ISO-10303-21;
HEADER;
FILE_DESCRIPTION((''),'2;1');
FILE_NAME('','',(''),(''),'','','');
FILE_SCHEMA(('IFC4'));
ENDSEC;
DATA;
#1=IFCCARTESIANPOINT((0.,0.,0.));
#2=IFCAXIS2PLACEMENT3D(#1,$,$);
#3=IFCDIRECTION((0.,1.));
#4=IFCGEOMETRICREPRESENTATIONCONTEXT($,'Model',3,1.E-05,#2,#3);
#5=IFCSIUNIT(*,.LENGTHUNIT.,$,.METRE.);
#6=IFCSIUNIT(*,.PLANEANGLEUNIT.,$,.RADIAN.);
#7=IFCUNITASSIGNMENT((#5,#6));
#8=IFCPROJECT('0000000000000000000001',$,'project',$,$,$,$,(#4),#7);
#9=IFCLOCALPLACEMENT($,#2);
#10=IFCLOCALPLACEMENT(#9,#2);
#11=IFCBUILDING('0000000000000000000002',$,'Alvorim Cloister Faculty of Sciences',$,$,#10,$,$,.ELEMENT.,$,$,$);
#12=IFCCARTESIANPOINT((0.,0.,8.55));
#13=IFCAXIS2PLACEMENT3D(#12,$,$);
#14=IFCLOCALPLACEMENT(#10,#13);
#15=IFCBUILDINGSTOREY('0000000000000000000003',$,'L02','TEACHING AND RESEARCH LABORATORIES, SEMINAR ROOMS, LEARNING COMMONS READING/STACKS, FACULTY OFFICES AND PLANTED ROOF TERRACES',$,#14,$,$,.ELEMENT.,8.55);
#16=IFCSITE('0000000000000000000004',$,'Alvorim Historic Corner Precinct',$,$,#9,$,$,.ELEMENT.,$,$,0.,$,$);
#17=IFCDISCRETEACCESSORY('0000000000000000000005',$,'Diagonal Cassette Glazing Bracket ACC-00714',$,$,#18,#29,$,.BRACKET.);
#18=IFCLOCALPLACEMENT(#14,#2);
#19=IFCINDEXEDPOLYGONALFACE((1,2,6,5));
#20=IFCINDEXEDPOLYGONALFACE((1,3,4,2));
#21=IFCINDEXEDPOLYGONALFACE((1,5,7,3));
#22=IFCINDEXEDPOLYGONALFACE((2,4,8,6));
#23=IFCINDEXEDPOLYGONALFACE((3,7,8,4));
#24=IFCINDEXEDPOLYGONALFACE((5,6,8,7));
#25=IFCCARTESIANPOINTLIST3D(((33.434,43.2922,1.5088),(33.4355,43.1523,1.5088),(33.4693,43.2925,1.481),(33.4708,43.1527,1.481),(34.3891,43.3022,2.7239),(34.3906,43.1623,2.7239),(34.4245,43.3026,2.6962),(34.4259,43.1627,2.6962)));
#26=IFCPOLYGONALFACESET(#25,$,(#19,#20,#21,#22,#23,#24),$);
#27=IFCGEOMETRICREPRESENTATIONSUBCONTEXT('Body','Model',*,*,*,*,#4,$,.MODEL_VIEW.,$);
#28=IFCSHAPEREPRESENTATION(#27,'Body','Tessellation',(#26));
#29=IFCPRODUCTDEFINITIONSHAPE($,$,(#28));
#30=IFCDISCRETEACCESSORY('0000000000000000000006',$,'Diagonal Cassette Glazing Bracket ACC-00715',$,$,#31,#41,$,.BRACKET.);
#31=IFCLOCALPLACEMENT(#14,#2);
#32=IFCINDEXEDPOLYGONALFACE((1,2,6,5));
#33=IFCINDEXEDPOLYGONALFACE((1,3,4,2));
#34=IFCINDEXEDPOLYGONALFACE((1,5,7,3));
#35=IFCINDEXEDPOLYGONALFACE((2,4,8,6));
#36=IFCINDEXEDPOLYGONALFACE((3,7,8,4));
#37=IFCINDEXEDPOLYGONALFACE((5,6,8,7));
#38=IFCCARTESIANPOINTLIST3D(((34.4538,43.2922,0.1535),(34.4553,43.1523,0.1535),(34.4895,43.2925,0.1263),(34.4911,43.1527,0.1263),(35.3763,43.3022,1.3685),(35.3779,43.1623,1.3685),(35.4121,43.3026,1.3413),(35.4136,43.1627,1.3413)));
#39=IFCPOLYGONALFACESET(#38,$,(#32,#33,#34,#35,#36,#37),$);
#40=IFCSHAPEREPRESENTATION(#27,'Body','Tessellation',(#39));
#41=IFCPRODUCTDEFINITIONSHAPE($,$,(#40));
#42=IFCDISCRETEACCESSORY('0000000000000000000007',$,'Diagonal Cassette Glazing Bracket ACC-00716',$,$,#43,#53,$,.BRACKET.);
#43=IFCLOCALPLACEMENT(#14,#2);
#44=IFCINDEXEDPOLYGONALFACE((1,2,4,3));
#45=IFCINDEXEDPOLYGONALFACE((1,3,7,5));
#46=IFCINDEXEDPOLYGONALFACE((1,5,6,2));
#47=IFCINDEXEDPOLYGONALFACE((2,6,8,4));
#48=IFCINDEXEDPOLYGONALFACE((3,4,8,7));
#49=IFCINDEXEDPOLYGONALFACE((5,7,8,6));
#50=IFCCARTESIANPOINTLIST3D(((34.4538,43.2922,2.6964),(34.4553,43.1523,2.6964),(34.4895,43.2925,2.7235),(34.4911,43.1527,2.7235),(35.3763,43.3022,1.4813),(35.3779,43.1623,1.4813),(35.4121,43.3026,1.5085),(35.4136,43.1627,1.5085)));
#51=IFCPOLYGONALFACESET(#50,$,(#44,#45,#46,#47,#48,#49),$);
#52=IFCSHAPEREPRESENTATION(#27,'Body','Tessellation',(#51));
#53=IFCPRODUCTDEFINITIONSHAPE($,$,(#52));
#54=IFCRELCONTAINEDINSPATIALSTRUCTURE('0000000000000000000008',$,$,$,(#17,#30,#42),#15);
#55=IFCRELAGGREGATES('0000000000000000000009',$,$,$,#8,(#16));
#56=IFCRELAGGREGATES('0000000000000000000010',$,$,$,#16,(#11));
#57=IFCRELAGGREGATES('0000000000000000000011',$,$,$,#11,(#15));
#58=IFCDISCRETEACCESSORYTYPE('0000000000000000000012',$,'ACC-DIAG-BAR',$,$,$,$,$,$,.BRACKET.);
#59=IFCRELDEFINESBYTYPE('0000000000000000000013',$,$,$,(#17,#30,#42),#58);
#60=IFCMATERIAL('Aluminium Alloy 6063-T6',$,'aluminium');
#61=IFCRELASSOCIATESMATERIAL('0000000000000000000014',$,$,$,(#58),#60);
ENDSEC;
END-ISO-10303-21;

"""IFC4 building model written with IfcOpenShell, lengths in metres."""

from ifc_helpers import new_model, si_unit, direction, frame, origin, origin_2d, place, context, subcontext, project, spatial, rectangle, extrude, material, type_object, element, save


model = new_model("IFC4")

# Units and contexts
model_context = context("Model", 3, precision=1e-05, world=origin(), true_north=direction((0.0, 1.0)))
body_context = subcontext(model_context, "Body", "Model", "MODEL_VIEW")
ifc_project = project(units=[si_unit("LENGTHUNIT", "METRE"), si_unit("PLANEANGLEUNIT", "RADIAN")], contexts=[model_context])

# Site, building, storey
site_placement = place(None, origin())
site = spatial("IfcSite", under=ifc_project, at=site_placement, Name="Alvorim Historic Corner Precinct", CompositionType="ELEMENT", RefElevation=0.0)
building_placement = place(site_placement, origin())
building = spatial("IfcBuilding", under=site, at=building_placement, Name="Alvorim Cloister Faculty of Sciences", CompositionType="ELEMENT")
storey_placement = place(building_placement, frame((0.0, 0.0, 8.55)))
storey = spatial("IfcBuildingStorey", under=building, at=storey_placement, Name="L02", Description="TEACHING AND RESEARCH LABORATORIES, SEMINAR ROOMS, LEARNING COMMONS READING/STACKS, FACULTY OFFICES AND PLANTED ROOF TERRACES", CompositionType="ELEMENT", Elevation=8.55)

# Shared definitions
ifc_material_1 = material(Name="Aluminium Alloy 6063-T6", Category="aluminium")

# Discrete accessories
discrete_accessory_type = type_object("IfcDiscreteAccessoryType", Name="ACC-DIAG-BAR", PredefinedType="BRACKET", material=ifc_material_1)
discrete_accessory_placement = place(storey_placement, frame((33.4524, 43.2224, 1.4949), z_axis=(0.617955, 0.006477, 0.786187), x_axis=(-0.01048, 0.999945, 0.0)))
element("IfcDiscreteAccessory", 1, at=discrete_accessory_placement, inside=storey, type_object=discrete_accessory_type, Name="Diagonal Cassette Glazing Bracket ACC-00714", PredefinedType="BRACKET", context=body_context, shape_type="SweptSolid", body=[
    extrude(rectangle(XDim=0.1399, YDim=0.0449, at=origin_2d()), origin(), (0.0, 0.0, 1.0), 1.5457),
])
for number, where, z_axis, x_axis, name in (
    (2, (34.4724, 43.2224, 0.1399), (0.604713, 0.006561, 0.796416), (-0.010849, 0.999941, 0.0), "Diagonal Cassette Glazing Bracket ACC-00715"),
    (3, (34.4724, 43.2224, 2.71), (0.604713, 0.006561, -0.796416), (-0.010849, 0.999941, 0.0), "Diagonal Cassette Glazing Bracket ACC-00716"),
):
    element("IfcDiscreteAccessory", number, at=place(storey_placement, frame(where, z_axis=z_axis, x_axis=x_axis)), inside=storey, type_object=discrete_accessory_type, Name=name, PredefinedType="BRACKET", context=body_context, shape_type="SweptSolid", body=[
        extrude(rectangle(XDim=0.1399, YDim=0.0449, at=origin_2d()), origin(), (0.0, 0.0, 1.0), 1.5256),
    ])

save(model, "model.ifc")
